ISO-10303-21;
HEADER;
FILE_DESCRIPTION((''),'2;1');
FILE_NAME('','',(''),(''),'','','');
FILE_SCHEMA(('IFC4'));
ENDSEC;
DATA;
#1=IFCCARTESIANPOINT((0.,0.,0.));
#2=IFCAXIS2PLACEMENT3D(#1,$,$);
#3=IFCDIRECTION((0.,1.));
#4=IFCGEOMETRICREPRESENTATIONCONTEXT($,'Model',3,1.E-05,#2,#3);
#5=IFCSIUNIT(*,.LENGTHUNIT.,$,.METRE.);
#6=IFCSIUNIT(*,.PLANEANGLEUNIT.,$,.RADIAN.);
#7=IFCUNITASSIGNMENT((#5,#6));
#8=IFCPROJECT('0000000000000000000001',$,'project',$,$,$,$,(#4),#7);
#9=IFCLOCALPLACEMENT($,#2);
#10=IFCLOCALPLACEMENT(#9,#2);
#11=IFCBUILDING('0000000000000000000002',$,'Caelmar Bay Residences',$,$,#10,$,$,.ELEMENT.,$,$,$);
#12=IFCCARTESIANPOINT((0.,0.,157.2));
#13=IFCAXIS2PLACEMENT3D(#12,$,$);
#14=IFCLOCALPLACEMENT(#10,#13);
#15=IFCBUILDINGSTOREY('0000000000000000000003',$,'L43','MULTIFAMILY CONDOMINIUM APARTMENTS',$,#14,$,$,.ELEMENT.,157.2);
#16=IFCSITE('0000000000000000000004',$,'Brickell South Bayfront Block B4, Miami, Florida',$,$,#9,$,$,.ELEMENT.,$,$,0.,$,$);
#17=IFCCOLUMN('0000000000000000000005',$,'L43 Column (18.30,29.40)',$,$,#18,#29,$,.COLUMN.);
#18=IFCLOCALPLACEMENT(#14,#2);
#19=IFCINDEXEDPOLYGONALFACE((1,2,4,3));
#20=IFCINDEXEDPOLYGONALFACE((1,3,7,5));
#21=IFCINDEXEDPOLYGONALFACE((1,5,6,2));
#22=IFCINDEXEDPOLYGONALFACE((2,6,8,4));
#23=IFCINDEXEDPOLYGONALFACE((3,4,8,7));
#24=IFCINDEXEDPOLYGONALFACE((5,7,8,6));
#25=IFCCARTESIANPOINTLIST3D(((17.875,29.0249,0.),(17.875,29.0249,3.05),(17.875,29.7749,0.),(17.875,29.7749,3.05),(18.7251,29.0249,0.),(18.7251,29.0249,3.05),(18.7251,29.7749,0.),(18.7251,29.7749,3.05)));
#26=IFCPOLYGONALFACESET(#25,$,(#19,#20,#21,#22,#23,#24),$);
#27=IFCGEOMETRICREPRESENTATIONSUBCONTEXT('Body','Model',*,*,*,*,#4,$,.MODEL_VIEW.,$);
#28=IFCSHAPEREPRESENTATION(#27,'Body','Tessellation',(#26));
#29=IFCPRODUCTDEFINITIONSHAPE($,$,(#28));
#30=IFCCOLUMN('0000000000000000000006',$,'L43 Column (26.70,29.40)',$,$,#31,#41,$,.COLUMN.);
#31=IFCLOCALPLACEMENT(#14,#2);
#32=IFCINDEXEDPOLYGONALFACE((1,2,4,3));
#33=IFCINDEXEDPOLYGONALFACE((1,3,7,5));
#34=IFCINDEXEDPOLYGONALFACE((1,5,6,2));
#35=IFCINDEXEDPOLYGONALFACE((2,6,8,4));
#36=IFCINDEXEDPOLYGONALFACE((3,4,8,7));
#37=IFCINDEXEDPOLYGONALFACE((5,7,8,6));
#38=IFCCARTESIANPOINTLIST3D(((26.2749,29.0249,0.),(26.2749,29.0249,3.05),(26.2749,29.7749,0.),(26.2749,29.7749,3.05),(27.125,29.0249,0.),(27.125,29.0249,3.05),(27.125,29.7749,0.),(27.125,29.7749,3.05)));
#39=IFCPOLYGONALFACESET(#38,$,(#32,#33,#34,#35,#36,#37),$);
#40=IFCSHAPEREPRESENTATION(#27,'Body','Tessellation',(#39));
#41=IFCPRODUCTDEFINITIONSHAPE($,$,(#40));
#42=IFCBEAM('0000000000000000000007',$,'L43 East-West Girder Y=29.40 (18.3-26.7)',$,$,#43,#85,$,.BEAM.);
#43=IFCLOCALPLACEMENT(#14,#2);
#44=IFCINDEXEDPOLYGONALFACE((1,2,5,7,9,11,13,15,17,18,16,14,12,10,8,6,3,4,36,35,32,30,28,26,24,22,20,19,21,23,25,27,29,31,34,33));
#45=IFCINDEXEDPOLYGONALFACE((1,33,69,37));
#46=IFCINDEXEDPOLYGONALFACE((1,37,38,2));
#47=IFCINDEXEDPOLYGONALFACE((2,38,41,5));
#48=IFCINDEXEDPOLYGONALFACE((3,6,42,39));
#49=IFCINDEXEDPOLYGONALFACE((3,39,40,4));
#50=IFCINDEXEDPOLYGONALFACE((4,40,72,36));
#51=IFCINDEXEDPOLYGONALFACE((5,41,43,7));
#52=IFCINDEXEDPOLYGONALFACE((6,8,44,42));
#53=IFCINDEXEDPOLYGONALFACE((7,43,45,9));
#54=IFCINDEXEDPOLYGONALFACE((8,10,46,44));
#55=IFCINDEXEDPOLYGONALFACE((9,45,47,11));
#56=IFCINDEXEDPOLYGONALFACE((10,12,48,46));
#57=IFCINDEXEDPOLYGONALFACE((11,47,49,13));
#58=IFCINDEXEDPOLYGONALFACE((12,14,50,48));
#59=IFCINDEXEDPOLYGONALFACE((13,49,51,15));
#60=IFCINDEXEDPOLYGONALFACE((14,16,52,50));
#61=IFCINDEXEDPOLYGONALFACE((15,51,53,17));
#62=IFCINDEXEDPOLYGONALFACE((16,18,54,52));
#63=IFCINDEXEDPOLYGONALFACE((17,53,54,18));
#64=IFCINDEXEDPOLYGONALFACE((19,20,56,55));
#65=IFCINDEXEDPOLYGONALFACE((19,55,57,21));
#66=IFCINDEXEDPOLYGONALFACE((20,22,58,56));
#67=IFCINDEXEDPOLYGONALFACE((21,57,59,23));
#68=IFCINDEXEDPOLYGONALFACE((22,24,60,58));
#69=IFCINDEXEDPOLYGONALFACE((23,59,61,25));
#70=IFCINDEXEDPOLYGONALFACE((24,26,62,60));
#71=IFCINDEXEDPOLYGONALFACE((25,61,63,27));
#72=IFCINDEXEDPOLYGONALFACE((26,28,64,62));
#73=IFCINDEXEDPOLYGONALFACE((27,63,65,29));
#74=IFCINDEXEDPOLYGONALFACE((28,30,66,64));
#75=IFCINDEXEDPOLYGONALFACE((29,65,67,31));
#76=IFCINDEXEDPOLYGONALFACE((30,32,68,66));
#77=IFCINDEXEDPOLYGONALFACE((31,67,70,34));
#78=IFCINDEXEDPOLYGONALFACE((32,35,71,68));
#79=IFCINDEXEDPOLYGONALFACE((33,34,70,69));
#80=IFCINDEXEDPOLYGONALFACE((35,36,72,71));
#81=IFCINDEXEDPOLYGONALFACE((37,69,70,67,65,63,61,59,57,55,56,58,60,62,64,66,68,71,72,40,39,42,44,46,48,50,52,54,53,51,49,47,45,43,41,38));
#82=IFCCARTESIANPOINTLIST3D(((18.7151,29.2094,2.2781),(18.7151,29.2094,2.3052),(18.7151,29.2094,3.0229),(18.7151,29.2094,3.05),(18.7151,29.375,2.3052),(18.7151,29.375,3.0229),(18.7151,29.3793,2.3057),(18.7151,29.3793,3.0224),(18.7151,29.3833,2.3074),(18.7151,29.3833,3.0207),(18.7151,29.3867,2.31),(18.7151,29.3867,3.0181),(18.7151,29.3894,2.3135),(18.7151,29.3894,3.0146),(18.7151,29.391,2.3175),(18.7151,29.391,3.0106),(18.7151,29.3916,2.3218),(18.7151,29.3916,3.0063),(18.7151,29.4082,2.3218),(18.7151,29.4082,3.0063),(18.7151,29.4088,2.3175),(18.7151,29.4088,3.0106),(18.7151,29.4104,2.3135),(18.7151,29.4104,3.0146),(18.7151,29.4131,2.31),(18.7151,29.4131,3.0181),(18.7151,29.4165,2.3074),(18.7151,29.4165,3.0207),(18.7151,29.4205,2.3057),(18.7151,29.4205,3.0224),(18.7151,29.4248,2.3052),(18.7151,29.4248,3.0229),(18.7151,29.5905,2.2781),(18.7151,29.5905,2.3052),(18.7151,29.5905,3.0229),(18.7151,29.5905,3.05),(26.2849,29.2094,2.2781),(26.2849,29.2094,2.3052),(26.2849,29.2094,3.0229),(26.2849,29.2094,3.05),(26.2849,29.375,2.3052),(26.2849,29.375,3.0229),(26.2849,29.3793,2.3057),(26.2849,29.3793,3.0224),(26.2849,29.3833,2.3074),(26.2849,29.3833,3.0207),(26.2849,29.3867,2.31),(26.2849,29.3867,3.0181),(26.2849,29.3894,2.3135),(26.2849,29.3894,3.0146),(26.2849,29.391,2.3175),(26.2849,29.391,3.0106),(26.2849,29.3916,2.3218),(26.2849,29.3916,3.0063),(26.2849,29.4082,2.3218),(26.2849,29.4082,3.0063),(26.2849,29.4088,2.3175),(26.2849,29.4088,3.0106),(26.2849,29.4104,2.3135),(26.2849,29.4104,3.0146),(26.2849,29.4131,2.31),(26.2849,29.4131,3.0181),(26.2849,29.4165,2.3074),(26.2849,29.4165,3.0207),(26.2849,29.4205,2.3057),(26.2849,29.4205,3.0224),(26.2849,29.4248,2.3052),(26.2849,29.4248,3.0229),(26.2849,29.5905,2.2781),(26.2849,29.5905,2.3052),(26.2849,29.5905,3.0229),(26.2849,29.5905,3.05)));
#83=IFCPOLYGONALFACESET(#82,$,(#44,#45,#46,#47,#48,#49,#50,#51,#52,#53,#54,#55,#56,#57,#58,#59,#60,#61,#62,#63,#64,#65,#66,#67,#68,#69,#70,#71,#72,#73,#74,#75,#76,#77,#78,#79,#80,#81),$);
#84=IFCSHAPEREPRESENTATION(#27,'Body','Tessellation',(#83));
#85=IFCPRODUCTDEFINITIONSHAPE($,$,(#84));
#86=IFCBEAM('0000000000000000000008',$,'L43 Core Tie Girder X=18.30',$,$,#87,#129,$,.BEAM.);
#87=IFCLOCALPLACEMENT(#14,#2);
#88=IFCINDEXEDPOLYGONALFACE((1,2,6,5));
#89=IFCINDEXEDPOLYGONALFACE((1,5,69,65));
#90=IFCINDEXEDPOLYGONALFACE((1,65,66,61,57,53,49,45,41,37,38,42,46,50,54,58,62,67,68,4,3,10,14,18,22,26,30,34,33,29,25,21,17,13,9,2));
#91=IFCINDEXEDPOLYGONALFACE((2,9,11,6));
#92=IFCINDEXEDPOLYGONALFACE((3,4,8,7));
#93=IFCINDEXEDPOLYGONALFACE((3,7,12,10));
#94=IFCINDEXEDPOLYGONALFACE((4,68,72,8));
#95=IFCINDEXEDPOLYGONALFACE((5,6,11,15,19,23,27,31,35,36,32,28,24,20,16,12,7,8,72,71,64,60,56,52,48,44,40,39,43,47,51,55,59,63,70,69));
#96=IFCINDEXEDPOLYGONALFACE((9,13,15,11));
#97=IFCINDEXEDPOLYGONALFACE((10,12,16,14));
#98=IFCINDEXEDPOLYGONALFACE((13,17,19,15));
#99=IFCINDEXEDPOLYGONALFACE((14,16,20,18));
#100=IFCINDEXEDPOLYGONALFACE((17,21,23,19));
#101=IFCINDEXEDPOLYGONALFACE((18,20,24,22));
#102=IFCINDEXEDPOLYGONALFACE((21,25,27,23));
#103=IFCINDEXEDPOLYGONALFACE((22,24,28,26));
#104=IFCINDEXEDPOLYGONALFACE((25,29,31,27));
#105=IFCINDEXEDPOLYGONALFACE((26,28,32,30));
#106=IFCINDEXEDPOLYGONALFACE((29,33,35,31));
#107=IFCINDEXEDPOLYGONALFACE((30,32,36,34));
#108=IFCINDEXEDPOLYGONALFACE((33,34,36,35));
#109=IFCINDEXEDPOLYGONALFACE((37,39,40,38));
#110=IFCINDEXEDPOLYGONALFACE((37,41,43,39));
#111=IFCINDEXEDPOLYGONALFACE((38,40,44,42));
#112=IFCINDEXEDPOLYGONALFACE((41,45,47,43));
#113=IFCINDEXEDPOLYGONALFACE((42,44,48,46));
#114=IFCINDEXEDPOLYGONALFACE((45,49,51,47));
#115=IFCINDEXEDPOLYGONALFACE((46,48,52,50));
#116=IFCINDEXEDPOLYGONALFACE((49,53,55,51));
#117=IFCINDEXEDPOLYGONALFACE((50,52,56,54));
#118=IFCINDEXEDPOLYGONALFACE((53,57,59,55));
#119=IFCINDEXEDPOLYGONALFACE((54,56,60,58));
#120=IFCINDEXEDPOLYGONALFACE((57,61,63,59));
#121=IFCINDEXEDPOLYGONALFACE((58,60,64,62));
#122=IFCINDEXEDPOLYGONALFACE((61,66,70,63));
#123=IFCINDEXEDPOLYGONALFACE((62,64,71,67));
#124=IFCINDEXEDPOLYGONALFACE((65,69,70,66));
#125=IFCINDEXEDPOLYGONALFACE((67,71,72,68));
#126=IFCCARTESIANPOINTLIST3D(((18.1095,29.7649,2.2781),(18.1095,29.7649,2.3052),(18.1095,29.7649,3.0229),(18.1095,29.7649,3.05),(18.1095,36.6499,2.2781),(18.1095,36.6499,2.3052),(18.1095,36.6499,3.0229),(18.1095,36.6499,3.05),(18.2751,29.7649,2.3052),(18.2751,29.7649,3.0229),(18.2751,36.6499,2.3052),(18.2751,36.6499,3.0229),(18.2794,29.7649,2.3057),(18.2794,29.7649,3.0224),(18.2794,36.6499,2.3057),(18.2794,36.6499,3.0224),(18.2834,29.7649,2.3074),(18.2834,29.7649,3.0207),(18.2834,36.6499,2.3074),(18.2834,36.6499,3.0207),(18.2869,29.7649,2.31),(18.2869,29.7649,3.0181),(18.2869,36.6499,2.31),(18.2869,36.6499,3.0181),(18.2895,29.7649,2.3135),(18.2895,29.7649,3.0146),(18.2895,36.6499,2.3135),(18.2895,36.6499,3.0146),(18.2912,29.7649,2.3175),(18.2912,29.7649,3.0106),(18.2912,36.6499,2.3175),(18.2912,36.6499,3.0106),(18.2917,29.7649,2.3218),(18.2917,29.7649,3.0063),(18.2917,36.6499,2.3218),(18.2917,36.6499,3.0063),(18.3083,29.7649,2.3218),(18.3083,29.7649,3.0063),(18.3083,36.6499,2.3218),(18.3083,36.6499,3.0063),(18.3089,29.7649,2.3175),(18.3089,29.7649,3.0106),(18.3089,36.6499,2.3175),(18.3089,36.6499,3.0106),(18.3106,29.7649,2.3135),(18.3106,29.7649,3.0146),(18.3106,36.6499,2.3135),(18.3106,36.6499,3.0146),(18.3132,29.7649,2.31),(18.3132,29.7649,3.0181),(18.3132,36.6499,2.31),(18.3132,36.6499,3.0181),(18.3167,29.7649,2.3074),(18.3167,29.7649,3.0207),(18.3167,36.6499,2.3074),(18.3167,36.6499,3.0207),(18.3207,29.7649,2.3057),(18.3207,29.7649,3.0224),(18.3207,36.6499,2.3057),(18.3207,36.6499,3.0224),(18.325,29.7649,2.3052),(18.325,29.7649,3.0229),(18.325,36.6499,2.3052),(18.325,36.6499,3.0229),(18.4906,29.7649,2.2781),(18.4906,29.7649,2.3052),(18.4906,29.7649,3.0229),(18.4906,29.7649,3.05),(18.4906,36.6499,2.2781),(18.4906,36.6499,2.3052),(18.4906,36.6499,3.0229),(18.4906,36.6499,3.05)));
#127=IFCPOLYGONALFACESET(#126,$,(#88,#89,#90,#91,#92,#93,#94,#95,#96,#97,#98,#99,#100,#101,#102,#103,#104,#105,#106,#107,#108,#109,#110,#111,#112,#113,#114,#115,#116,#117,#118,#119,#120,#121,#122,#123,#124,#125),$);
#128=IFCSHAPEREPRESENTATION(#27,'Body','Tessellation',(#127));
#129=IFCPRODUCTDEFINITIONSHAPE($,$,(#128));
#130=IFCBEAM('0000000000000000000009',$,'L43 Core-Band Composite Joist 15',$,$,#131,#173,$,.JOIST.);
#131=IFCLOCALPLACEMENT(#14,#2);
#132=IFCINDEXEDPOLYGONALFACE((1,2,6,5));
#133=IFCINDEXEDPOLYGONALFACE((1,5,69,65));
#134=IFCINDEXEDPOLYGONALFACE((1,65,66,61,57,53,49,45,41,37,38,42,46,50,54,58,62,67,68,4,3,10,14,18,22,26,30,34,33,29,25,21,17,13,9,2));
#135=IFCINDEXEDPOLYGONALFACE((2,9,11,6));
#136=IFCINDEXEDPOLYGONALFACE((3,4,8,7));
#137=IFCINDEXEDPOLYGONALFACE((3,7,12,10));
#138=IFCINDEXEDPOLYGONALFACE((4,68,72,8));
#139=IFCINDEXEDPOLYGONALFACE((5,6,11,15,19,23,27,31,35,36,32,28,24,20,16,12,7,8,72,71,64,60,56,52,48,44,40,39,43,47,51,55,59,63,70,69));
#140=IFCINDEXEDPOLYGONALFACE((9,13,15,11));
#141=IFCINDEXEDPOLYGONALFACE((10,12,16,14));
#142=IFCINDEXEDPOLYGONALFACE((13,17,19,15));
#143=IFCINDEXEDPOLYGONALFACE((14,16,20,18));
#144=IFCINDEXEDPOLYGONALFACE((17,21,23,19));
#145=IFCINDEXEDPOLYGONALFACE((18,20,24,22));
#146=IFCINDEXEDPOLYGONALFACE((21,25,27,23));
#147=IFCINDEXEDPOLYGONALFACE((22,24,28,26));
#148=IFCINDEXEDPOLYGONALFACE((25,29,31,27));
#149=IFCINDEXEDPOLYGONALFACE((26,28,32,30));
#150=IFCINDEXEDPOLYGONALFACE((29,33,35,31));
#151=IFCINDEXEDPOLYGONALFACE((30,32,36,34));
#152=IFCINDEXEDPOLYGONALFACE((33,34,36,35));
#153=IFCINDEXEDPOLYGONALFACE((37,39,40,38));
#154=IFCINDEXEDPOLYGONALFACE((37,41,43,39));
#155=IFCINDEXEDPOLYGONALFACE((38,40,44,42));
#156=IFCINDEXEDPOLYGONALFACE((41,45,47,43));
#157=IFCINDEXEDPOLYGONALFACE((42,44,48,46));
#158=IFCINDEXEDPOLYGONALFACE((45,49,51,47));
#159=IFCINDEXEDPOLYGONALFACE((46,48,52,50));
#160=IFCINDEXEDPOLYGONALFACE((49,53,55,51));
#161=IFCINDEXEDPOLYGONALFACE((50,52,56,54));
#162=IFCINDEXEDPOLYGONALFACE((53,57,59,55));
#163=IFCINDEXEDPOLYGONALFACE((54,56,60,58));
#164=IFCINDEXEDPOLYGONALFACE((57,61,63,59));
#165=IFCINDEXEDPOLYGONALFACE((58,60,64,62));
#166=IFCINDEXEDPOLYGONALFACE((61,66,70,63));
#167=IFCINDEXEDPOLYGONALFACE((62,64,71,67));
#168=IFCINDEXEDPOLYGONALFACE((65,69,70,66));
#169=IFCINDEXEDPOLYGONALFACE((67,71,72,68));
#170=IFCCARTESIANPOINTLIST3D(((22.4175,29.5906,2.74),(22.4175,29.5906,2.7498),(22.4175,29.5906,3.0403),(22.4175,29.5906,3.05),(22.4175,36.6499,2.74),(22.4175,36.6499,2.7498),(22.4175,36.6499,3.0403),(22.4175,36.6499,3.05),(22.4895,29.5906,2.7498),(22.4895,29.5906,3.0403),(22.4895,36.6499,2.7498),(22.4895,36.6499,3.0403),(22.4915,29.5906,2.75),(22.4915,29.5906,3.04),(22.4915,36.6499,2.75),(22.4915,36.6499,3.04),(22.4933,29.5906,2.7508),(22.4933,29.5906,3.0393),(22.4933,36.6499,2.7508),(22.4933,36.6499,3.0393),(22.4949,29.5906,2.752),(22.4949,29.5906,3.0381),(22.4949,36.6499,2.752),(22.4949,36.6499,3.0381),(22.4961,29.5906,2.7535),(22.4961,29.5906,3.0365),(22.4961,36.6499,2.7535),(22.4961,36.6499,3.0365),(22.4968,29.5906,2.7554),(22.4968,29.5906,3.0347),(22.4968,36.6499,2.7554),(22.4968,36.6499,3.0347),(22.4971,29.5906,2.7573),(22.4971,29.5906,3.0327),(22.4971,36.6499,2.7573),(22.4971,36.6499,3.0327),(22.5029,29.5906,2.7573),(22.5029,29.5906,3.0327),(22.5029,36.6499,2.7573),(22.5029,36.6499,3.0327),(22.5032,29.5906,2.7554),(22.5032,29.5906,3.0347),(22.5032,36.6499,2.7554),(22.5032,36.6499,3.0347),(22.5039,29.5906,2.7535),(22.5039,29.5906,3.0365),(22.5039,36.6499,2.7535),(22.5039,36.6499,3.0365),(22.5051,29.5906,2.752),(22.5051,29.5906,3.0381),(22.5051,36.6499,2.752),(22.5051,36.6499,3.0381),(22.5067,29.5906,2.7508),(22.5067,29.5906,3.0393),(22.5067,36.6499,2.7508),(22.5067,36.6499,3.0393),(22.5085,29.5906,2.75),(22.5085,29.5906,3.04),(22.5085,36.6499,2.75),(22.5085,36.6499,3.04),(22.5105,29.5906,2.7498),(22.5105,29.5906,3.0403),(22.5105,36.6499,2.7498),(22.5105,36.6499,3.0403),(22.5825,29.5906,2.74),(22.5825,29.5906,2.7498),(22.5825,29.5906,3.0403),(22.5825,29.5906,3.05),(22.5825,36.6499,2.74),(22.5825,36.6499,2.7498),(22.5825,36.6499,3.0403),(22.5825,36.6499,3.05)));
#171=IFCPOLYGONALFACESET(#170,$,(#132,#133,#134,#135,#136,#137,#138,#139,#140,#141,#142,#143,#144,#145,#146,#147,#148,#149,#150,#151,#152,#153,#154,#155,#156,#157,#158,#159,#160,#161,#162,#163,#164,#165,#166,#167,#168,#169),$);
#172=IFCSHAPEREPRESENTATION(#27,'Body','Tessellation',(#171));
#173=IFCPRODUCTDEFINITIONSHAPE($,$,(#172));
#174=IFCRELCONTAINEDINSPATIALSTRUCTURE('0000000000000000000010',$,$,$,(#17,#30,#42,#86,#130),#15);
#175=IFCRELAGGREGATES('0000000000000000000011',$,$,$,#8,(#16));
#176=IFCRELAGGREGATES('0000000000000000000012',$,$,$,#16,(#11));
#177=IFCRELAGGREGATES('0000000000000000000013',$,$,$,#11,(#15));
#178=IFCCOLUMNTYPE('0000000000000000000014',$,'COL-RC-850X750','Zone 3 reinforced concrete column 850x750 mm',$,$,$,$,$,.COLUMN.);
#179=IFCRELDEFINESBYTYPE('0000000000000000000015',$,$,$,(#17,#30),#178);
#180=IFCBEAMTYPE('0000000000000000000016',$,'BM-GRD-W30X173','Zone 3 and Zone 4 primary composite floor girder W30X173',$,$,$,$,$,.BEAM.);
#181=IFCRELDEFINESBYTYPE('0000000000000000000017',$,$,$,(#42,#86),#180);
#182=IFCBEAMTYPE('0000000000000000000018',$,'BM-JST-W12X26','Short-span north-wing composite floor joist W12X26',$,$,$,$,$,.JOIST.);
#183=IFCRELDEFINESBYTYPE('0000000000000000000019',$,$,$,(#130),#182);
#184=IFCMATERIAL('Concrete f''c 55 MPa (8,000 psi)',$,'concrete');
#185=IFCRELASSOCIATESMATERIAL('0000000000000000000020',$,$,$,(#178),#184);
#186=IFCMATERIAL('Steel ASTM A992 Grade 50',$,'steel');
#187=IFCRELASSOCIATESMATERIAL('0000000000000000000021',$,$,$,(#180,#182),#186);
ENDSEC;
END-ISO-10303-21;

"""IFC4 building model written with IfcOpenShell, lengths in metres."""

from ifc_helpers import new_model, si_unit, direction, frame, origin, origin_2d, place, context, subcontext, project, spatial, rectangle, i_section, extrude, material, material_profile, profile_set, type_object, element, save


model = new_model("IFC4")

# Units and contexts
model_context = context("Model", 3, precision=1e-05, world=origin(), true_north=direction((0.0, 1.0)))
body_context = subcontext(model_context, "Body", "Model", "MODEL_VIEW")
ifc_project = project(units=[si_unit("LENGTHUNIT", "METRE"), si_unit("PLANEANGLEUNIT", "RADIAN")], contexts=[model_context])

# Site, building, storey
site_placement = place(None, origin())
site = spatial("IfcSite", under=ifc_project, at=site_placement, Name="Brickell South Bayfront Block B4, Miami, Florida", CompositionType="ELEMENT", RefElevation=0.0)
building_placement = place(site_placement, origin())
building = spatial("IfcBuilding", under=site, at=building_placement, Name="Caelmar Bay Residences", CompositionType="ELEMENT")
storey_placement = place(building_placement, frame((0.0, 0.0, 157.2)))
storey = spatial("IfcBuildingStorey", under=building, at=storey_placement, Name="L43", Description="MULTIFAMILY CONDOMINIUM APARTMENTS", CompositionType="ELEMENT", Elevation=157.2)

# Columns
ifc_material_1 = material(Name="Concrete f'c 55 MPa (8,000 psi)", Category="concrete")
ifc_material_profile_1 = material_profile(ifc_material_1, rectangle(XDim=0.8501, YDim=0.75, at=origin_2d()), Name="RC-COL-850X750")
ifc_profile_set_1 = profile_set([ifc_material_profile_1], Name="Concrete f'c 55 MPa (8,000 psi)")
column_type = type_object("IfcColumnType", Name="COL-RC-850X750", Description="Zone 3 reinforced concrete column 850x750 mm", PredefinedType="COLUMN", material=ifc_profile_set_1)
for number, where, z_axis, x_axis, name in (
    (1, (18.3, 29.3999, 0.0), (0.0, 0.0, 1.0), (1.0, 0.0, 0.0), "L43 Column (18.30,29.40)"),
    (2, (26.7, 29.3999, 0.0), (0.0, 0.0, 1.0), (1.0, 0.0, 0.0), "L43 Column (26.70,29.40)"),
):
    element("IfcColumn", number, at=place(storey_placement, frame(where, z_axis=z_axis, x_axis=x_axis)), inside=storey, type_object=column_type, Name=name, PredefinedType="COLUMN", context=body_context, shape_type="SweptSolid", body=[
        extrude(rectangle(XDim=0.8501, YDim=0.75, at=origin_2d()), origin(), (0.0, 0.0, 1.0), 3.05),
    ])

# Beams
ifc_material_2 = material(Name="Steel ASTM A992 Grade 50", Category="steel")
ifc_material_profile_2 = material_profile(ifc_material_2, i_section(OverallWidth=0.3811, OverallDepth=0.772, WebThickness=0.0166, FlangeThickness=0.0271, FilletRadius=0.0166, at=origin_2d()), Name="W30X173")
ifc_profile_set_2 = profile_set([ifc_material_profile_2], Name="Steel ASTM A992 Grade 50")
beam_type_1 = type_object("IfcBeamType", Name="BM-GRD-W30X173", Description="Zone 3 and Zone 4 primary composite floor girder W30X173", PredefinedType="BEAM", material=ifc_profile_set_2)
beam_1_placement = place(storey_placement, frame((18.7151, 29.3999, 2.6641), z_axis=(1.0, 0.0, 0.0), x_axis=(0.0, 1.0, 0.0)))
element("IfcBeam", 3, at=beam_1_placement, inside=storey, type_object=beam_type_1, Name="L43 East-West Girder Y=29.40 (18.3-26.7)", PredefinedType="BEAM", context=body_context, shape_type="SweptSolid", body=[
    extrude(i_section(OverallWidth=0.3811, OverallDepth=0.772, WebThickness=0.0166, FlangeThickness=0.0271, FilletRadius=0.0166, at=origin_2d()), origin(), (0.0, 0.0, 1.0), 7.5698),
])
beam_2_placement = place(storey_placement, frame((18.3, 29.7649, 2.6641), z_axis=(0.0, 1.0, 0.0), x_axis=(-1.0, 0.0, 0.0)))
element("IfcBeam", 4, at=beam_2_placement, inside=storey, type_object=beam_type_1, Name="L43 Core Tie Girder X=18.30", PredefinedType="BEAM", context=body_context, shape_type="SweptSolid", body=[
    extrude(i_section(OverallWidth=0.3811, OverallDepth=0.772, WebThickness=0.0166, FlangeThickness=0.0271, FilletRadius=0.0166, at=origin_2d()), origin(), (0.0, 0.0, 1.0), 6.885),
])
ifc_material_profile_3 = material_profile(ifc_material_2, i_section(OverallWidth=0.165, OverallDepth=0.3101, WebThickness=0.0059, FlangeThickness=0.0098, FilletRadius=0.0076, at=origin_2d()), Name="W12X26")
ifc_profile_set_3 = profile_set([ifc_material_profile_3], Name="Steel ASTM A992 Grade 50")
beam_type_2 = type_object("IfcBeamType", Name="BM-JST-W12X26", Description="Short-span north-wing composite floor joist W12X26", PredefinedType="JOIST", material=ifc_profile_set_3)
beam_3_placement = place(storey_placement, frame((22.5, 29.5906, 2.895), z_axis=(0.0, 1.0, 0.0), x_axis=(-1.0, 0.0, 0.0)))
element("IfcBeam", 5, at=beam_3_placement, inside=storey, type_object=beam_type_2, Name="L43 Core-Band Composite Joist 15", PredefinedType="JOIST", context=body_context, shape_type="SweptSolid", body=[
    extrude(i_section(OverallWidth=0.165, OverallDepth=0.3101, WebThickness=0.0059, FlangeThickness=0.0098, FilletRadius=0.0076, at=origin_2d()), origin(), (0.0, 0.0, 1.0), 7.0593),
])

save(model, "model.ifc")
